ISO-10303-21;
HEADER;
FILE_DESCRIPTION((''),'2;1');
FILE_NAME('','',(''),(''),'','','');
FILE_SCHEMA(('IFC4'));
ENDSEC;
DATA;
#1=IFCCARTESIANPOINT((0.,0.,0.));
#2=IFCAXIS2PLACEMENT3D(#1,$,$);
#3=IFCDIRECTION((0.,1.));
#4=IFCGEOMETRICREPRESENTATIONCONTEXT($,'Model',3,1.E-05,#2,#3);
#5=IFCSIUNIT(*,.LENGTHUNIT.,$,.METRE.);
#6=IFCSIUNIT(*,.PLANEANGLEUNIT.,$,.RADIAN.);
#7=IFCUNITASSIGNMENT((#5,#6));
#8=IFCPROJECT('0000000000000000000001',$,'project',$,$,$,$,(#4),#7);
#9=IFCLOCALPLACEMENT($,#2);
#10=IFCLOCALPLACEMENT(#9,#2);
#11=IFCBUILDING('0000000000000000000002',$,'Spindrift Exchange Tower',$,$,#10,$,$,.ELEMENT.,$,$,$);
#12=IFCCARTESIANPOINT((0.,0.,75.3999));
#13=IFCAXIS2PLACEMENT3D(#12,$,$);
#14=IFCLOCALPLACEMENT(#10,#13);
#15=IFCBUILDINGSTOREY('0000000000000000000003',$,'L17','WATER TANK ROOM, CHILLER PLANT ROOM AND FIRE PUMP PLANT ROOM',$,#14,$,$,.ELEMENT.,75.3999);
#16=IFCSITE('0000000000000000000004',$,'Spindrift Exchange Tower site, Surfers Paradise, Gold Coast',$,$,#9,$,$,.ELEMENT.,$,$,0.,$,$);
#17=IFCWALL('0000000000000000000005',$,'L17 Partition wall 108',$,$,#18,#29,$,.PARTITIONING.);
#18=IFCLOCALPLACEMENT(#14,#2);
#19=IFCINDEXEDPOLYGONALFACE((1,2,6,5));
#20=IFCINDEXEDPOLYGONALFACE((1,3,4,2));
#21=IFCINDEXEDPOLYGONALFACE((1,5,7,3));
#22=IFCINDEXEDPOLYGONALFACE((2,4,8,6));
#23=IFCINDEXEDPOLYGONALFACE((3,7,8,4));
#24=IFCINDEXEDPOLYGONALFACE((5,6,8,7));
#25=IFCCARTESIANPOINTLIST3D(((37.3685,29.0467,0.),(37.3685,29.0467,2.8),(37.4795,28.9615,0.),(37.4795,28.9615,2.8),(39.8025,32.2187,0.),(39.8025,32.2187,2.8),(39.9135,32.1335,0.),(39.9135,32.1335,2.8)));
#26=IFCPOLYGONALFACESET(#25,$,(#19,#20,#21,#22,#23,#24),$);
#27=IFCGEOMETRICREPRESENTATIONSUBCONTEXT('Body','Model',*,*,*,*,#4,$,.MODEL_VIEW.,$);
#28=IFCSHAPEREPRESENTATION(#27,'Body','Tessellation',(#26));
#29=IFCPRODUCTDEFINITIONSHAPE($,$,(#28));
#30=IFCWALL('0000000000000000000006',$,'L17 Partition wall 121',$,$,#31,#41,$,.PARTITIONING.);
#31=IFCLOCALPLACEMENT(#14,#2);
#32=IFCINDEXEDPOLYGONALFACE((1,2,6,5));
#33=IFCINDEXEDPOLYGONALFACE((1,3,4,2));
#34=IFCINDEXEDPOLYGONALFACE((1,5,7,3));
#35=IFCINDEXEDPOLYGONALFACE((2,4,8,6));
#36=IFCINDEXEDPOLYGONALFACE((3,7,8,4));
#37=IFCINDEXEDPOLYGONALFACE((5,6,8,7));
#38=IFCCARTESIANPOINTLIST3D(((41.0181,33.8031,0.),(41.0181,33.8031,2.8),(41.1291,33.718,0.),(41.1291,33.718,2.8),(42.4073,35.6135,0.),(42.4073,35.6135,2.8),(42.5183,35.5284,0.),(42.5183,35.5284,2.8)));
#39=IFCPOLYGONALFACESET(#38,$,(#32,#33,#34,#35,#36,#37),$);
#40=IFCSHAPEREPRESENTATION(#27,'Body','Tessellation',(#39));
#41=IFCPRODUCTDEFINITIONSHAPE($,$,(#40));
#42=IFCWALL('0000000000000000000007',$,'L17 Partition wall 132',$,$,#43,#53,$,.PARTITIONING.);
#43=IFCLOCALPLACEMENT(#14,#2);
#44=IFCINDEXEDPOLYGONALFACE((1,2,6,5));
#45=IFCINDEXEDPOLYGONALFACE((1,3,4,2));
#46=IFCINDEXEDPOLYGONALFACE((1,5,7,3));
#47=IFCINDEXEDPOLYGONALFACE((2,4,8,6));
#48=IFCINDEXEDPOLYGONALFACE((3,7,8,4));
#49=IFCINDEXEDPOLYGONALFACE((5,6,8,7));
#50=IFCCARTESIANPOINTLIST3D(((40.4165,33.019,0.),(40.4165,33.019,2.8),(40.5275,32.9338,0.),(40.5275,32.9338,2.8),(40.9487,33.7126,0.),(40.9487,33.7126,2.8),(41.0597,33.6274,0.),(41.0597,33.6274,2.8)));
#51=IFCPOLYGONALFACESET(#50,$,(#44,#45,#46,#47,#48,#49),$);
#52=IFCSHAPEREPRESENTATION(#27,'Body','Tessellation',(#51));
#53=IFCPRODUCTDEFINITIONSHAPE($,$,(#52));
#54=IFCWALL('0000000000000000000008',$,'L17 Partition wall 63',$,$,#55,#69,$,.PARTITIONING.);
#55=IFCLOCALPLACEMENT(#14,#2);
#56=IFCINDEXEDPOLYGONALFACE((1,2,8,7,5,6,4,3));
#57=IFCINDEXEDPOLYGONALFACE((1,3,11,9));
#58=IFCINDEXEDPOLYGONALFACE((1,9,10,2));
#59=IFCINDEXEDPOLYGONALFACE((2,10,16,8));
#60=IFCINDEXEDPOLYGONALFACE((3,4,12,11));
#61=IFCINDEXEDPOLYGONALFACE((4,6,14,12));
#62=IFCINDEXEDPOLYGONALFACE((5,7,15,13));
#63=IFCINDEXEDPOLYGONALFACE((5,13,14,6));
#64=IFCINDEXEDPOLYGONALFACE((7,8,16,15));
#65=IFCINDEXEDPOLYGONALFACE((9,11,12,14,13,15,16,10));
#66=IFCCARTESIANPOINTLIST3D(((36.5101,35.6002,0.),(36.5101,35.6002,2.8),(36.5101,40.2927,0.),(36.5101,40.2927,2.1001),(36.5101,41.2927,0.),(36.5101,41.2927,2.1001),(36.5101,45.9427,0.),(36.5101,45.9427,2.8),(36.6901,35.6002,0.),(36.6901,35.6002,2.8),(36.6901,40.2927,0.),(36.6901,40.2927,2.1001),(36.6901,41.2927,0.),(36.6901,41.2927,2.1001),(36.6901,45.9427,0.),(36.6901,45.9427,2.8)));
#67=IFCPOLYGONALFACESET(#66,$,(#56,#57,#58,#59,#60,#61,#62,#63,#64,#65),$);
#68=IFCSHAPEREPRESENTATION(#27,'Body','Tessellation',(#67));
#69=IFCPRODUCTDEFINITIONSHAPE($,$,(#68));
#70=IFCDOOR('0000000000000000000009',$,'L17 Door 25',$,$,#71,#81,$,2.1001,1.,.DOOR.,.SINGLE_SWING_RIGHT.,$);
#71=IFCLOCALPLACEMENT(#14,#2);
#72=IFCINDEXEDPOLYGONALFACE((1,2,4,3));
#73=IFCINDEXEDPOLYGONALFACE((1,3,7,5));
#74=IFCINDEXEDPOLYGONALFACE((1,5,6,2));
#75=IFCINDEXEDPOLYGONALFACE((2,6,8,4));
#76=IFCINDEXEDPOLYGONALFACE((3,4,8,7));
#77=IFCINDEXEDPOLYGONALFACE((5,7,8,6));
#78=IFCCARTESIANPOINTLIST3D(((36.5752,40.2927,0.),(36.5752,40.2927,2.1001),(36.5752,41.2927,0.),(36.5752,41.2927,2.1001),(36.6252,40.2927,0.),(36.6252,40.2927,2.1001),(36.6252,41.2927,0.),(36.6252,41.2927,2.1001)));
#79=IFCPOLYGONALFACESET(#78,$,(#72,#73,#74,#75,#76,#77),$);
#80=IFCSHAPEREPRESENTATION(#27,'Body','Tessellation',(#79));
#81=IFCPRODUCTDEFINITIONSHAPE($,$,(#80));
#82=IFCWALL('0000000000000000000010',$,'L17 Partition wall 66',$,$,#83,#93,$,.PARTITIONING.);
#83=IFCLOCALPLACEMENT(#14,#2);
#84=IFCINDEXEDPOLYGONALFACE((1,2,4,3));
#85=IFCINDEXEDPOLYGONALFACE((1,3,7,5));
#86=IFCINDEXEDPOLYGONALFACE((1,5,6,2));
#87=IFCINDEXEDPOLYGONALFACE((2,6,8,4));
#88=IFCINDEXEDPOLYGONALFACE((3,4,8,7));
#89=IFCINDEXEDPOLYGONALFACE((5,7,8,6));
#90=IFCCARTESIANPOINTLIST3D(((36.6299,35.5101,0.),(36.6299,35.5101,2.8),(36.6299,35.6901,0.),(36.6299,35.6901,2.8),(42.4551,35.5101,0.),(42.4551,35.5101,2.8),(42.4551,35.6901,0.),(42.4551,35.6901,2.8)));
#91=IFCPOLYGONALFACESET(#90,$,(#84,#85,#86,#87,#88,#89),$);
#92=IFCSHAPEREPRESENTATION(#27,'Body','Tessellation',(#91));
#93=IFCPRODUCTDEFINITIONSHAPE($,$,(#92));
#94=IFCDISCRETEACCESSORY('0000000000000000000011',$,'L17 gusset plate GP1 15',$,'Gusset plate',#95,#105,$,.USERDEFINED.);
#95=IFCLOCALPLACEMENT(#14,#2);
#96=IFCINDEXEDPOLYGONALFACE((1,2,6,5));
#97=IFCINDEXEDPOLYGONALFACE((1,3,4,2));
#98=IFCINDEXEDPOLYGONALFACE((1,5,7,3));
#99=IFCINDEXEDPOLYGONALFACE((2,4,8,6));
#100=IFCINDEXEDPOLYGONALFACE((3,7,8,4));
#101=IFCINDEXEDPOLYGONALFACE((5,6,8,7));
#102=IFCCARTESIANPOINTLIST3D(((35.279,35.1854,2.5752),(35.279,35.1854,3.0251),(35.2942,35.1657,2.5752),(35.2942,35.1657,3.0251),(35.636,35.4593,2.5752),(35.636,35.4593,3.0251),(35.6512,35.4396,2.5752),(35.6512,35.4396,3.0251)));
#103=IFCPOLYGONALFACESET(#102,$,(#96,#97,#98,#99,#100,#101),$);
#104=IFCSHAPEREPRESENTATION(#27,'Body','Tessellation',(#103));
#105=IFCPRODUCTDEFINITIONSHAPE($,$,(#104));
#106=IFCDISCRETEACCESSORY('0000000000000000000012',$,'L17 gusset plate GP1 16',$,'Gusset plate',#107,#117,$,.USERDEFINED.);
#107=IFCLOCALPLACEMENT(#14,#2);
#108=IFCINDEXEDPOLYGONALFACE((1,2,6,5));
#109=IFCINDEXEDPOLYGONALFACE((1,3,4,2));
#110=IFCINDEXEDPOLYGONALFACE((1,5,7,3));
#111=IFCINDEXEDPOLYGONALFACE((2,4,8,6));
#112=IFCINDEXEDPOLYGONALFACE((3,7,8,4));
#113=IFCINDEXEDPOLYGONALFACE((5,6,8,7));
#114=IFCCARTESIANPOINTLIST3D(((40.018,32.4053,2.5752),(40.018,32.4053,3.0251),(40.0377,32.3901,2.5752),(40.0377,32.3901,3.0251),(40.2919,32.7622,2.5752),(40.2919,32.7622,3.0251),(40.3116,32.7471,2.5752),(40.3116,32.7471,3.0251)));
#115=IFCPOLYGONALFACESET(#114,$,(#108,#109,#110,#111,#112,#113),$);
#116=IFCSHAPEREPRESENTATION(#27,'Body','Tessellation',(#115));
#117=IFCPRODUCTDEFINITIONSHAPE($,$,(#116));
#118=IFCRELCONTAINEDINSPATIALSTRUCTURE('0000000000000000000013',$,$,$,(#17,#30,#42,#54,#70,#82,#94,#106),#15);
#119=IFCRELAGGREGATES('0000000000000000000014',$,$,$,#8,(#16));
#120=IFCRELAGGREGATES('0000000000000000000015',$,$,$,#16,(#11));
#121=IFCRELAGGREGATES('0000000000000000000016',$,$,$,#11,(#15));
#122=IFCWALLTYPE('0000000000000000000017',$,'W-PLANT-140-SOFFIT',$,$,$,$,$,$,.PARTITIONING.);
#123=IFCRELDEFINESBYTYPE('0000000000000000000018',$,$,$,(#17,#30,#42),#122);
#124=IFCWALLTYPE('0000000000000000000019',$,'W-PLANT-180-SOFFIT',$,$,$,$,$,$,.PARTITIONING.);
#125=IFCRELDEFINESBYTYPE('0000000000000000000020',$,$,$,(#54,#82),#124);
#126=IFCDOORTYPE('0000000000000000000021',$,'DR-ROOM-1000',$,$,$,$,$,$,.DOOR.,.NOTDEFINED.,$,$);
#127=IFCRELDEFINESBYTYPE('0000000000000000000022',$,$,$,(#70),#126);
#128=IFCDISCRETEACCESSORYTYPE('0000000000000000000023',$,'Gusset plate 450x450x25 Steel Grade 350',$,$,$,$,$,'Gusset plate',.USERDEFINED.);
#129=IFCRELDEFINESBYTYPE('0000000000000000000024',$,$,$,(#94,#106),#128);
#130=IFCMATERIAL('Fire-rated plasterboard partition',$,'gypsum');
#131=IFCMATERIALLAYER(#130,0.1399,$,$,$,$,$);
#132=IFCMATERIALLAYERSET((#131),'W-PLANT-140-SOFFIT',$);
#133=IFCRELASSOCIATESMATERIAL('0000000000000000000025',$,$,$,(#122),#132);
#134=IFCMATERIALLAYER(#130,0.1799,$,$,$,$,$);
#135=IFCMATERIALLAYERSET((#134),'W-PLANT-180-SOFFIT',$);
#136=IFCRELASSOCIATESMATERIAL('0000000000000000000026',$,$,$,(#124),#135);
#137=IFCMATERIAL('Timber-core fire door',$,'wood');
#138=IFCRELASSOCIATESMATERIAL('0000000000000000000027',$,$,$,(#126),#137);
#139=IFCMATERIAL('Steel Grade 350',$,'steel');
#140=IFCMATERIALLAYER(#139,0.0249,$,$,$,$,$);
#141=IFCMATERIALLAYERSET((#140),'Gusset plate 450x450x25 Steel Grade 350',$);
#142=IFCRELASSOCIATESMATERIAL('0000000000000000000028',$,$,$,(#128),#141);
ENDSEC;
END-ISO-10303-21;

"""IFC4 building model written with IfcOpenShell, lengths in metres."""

from ifc_helpers import new_model, si_unit, direction, frame, frame_2d, origin, origin_2d, place, context, subcontext, project, spatial, rectangle, extrude, source, transform, mapped, material, layer, layer_set, type_object, element, fill, save


model = new_model("IFC4")

# Units and contexts
model_context = context("Model", 3, precision=1e-05, world=origin(), true_north=direction((0.0, 1.0)))
body_context = subcontext(model_context, "Body", "Model", "MODEL_VIEW")
ifc_project = project(units=[si_unit("LENGTHUNIT", "METRE"), si_unit("PLANEANGLEUNIT", "RADIAN")], contexts=[model_context])

# Site, building, storey
site_placement = place(None, origin())
site = spatial("IfcSite", under=ifc_project, at=site_placement, Name="Spindrift Exchange Tower site, Surfers Paradise, Gold Coast", CompositionType="ELEMENT", RefElevation=0.0)
building_placement = place(site_placement, origin())
building = spatial("IfcBuilding", under=site, at=building_placement, Name="Spindrift Exchange Tower", CompositionType="ELEMENT")
storey_placement = place(building_placement, frame((0.0, 0.0, 75.3999)))
storey = spatial("IfcBuildingStorey", under=building, at=storey_placement, Name="L17", Description="WATER TANK ROOM, CHILLER PLANT ROOM AND FIRE PUMP PLANT ROOM", CompositionType="ELEMENT", Elevation=75.3999)

# Walls
ifc_material_1 = material(Name="Fire-rated plasterboard partition", Category="gypsum")
ifc_layer_1 = layer(ifc_material_1, 0.1399)
ifc_layer_set_1 = layer_set([ifc_layer_1], Name="W-PLANT-140-SOFFIT")
wall_type_1 = type_object("IfcWallType", Name="W-PLANT-140-SOFFIT", PredefinedType="PARTITIONING", material=ifc_layer_set_1)
wall_1_placement = place(storey_placement, frame((39.8579, 32.176, 0.0), z_axis=(0.0, 0.0, 1.0), x_axis=(-0.608766, -0.79335, 0.0)))
element("IfcWall", 1, at=wall_1_placement, inside=storey, type_object=wall_type_1, Name="L17 Partition wall 108", PredefinedType="PARTITIONING", context=body_context, shape_type="SweptSolid", body=[
    extrude(rectangle(XDim=3.9983, YDim=0.1399, at=frame_2d((1.999, 0.0))), origin(), (0.0, 0.0, 1.0), 2.8),
])
wall_2_placement = place(storey_placement, frame((42.4629, 35.571, 0.0), z_axis=(0.0, 0.0, 1.0), x_axis=(-0.60878, -0.793339, 0.0)))
element("IfcWall", 2, at=wall_2_placement, inside=storey, type_object=wall_type_1, Name="L17 Partition wall 121", PredefinedType="PARTITIONING", context=body_context, shape_type="SweptSolid", body=[
    extrude(rectangle(XDim=2.282, YDim=0.1399, at=frame_2d((1.1411, 0.0))), origin(), (0.0, 0.0, 1.0), 2.8),
])
wall_3_placement = place(storey_placement, frame((41.0042, 33.6699, 0.0), z_axis=(0.0, 0.0, 1.0), x_axis=(-0.608766, -0.79335, 0.0)))
element("IfcWall", 3, at=wall_3_placement, inside=storey, type_object=wall_type_1, Name="L17 Partition wall 132", PredefinedType="PARTITIONING", context=body_context, shape_type="SweptSolid", body=[
    extrude(rectangle(XDim=0.8743, YDim=0.1399, at=frame_2d((0.437, 0.0))), origin(), (0.0, 0.0, 1.0), 2.8),
])

# Wall, opening, door
ifc_layer_2 = layer(ifc_material_1, 0.1799)
ifc_layer_set_2 = layer_set([ifc_layer_2], Name="W-PLANT-180-SOFFIT")
wall_type_2 = type_object("IfcWallType", Name="W-PLANT-180-SOFFIT", PredefinedType="PARTITIONING", material=ifc_layer_set_2)
wall_4_placement = place(storey_placement, frame((36.6001, 35.6001, 0.0), z_axis=(0.0, 0.0, 1.0), x_axis=(0.0, 1.0, 0.0)))
wall_4 = element("IfcWall", 4, at=wall_4_placement, inside=storey, type_object=wall_type_2, Name="L17 Partition wall 63", PredefinedType="PARTITIONING", context=body_context, shape_type="SweptSolid", body=[
    extrude(rectangle(XDim=10.3425, YDim=0.1799, at=frame_2d((5.1714, 0.0))), origin(), (0.0, 0.0, 1.0), 2.8),
])
opening_placement = place(wall_4_placement, frame((4.6926, 0.0, 0.0)))
opening = element("IfcOpeningElement", 5, at=opening_placement, cuts=wall_4, PredefinedType="OPENING", context=body_context, shape_type="SweptSolid", body=[
    extrude(rectangle(XDim=1.0, YDim=2.1001, at=frame_2d((0.5, 1.05))), frame((0.0, 0.0999, 0.0), z_axis=(0.0, -1.0, 0.0), x_axis=(1.0, 0.0, 0.0)), (0.0, 0.0, 1.0), 0.2),
])
ifc_material_2 = material(Name="Timber-core fire door", Category="wood")
door_type = type_object("IfcDoorType", Name="DR-ROOM-1000", OperationType="NOTDEFINED", PredefinedType="DOOR", material=ifc_material_2)
shared_shape_1 = source(origin(), body_context, "Body", "SweptSolid", [
    extrude(rectangle(XDim=1.0, YDim=2.1001, at=frame_2d((0.5, 1.05))), frame((0.0, 0.0249, 0.0), z_axis=(0.0, -1.0, 0.0), x_axis=(1.0, 0.0, 0.0)), (0.0, 0.0, 1.0), 0.05),
])
door_placement = place(opening_placement, origin())
door = element("IfcDoor", 6, at=door_placement, inside=storey, type_object=door_type, Name="L17 Door 25", OperationType="SINGLE_SWING_RIGHT", OverallHeight=2.1001, OverallWidth=1.0, PredefinedType="DOOR", context=body_context, shape_type="MappedRepresentation", body=[
    mapped(shared_shape_1, transform((0.0, 0.0, 0.0), scale=1.0)),
])
fill(opening, door)

# Wall
wall_5_placement = place(storey_placement, frame((36.6299, 35.6001, 0.0), z_axis=(0.0, 0.0, 1.0), x_axis=(1.0, 0.0, 0.0)))
element("IfcWall", 7, at=wall_5_placement, inside=storey, type_object=wall_type_2, Name="L17 Partition wall 66", PredefinedType="PARTITIONING", context=body_context, shape_type="SweptSolid", body=[
    extrude(rectangle(XDim=5.8252, YDim=0.1799, at=frame_2d((2.9126, 0.0))), origin(), (0.0, 0.0, 1.0), 2.8),
])

# Discrete accessories
ifc_material_3 = material(Name="Steel Grade 350", Category="steel")
ifc_layer_3 = layer(ifc_material_3, 0.0249)
ifc_layer_set_3 = layer_set([ifc_layer_3], Name="Gusset plate 450x450x25 Steel Grade 350")
discrete_accessory_type = type_object("IfcDiscreteAccessoryType", Name="Gusset plate 450x450x25 Steel Grade 350", ElementType="Gusset plate", PredefinedType="USERDEFINED", material=ifc_layer_set_3)
shared_shape_2 = source(origin(), body_context, "Body", "SweptSolid", [
    extrude(rectangle(XDim=0.45, YDim=0.0249, at=origin_2d()), origin(), (0.0, 0.0, 1.0), 0.45),
])
for number, where, z_axis, x_axis, name in (
    (8, (35.4651, 35.3125, 2.5752), (0.0, 0.0, 1.0), (-0.793351, -0.608764, 0.0), "L17 gusset plate GP1 15"),
    (9, (40.1648, 32.5762, 2.5752), (0.0, 0.0, 1.0), (-0.608756, -0.793358, 0.0), "L17 gusset plate GP1 16"),
):
    element("IfcDiscreteAccessory", number, at=place(storey_placement, frame(where, z_axis=z_axis, x_axis=x_axis)), inside=storey, type_object=discrete_accessory_type, Name=name, ObjectType="Gusset plate", PredefinedType="USERDEFINED", context=body_context, shape_type="MappedRepresentation", body=[
        mapped(shared_shape_2, transform((0.0, 0.0, 0.0), scale=1.0)),
    ])

save(model, "model.ifc")
